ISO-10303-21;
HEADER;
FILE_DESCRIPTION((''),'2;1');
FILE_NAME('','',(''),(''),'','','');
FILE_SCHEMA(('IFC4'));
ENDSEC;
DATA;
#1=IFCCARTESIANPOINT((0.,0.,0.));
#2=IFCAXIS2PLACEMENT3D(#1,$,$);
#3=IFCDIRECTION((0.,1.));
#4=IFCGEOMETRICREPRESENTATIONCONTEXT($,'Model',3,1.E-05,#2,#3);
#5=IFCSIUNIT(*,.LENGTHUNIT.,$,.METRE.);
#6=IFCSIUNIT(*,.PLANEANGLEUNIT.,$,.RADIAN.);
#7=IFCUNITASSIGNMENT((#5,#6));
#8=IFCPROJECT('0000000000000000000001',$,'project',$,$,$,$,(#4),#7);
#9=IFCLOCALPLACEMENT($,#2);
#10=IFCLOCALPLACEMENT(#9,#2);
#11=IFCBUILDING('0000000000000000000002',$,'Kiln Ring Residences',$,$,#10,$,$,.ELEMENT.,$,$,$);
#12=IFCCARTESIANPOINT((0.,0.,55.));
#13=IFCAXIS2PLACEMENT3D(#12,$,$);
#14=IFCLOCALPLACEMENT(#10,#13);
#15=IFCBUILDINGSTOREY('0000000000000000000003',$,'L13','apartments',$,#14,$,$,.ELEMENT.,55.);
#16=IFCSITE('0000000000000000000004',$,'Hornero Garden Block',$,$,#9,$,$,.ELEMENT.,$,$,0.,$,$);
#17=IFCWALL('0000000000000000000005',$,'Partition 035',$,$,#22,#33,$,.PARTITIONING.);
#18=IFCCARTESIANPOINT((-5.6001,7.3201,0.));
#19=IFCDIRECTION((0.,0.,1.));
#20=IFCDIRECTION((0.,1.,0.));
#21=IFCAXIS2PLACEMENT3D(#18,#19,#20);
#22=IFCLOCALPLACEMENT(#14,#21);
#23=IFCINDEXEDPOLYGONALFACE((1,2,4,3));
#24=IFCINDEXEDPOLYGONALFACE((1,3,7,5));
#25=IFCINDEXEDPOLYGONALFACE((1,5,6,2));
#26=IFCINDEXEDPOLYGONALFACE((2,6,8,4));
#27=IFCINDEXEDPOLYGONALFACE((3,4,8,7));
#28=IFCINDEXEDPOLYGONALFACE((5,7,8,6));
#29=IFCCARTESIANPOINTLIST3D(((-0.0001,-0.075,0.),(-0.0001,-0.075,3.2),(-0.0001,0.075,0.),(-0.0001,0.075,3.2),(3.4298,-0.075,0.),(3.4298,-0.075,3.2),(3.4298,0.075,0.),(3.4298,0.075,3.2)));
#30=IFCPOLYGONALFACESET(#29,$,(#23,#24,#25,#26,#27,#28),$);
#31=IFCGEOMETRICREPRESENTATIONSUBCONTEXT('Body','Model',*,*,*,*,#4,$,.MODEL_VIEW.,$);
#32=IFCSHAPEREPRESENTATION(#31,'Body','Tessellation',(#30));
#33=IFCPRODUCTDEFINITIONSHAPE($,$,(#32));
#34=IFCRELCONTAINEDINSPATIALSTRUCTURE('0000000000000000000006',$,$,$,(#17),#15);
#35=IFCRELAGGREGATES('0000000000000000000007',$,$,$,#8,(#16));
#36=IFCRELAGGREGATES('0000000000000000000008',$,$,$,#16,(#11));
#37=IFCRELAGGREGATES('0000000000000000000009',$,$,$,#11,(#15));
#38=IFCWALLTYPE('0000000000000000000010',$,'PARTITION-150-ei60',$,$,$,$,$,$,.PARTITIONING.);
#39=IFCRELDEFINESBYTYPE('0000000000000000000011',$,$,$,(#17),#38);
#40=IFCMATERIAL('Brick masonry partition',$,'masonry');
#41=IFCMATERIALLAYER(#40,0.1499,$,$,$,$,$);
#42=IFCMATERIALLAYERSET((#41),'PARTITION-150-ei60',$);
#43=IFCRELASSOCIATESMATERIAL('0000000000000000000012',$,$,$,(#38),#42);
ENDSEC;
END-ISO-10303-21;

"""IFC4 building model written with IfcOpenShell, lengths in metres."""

from ifc_helpers import new_model, si_unit, direction, frame, frame_2d, origin, place, context, subcontext, project, spatial, rectangle, extrude, material, layer, layer_set, type_object, element, save


model = new_model("IFC4")

# Units and contexts
model_context = context("Model", 3, precision=1e-05, world=origin(), true_north=direction((0.0, 1.0)))
body_context = subcontext(model_context, "Body", "Model", "MODEL_VIEW")
ifc_project = project(units=[si_unit("LENGTHUNIT", "METRE"), si_unit("PLANEANGLEUNIT", "RADIAN")], contexts=[model_context])

# Site, building, storey
site_placement = place(None, origin())
site = spatial("IfcSite", under=ifc_project, at=site_placement, Name="Hornero Garden Block", CompositionType="ELEMENT", RefElevation=0.0)
building_placement = place(site_placement, origin())
building = spatial("IfcBuilding", under=site, at=building_placement, Name="Kiln Ring Residences", CompositionType="ELEMENT")
storey_placement = place(building_placement, frame((0.0, 0.0, 55.0)))
storey = spatial("IfcBuildingStorey", under=building, at=storey_placement, Name="L13", Description="apartments", CompositionType="ELEMENT", Elevation=55.0)

# Wall
ifc_material_1 = material(Name="Brick masonry partition", Category="masonry")
ifc_layer_1 = layer(ifc_material_1, 0.1499)
ifc_layer_set_1 = layer_set([ifc_layer_1], Name="PARTITION-150-ei60")
wall_type_1 = type_object("IfcWallType", Name="PARTITION-150-ei60", PredefinedType="PARTITIONING", material=ifc_layer_set_1)
wall_1_placement = place(storey_placement, frame((-5.6001, 7.3201, 0.0), z_axis=(0.0, 0.0, 1.0), x_axis=(0.0, 1.0, 0.0)))
element("IfcWall", 1, at=wall_1_placement, inside=storey, type_object=wall_type_1, Name="Partition 035", PredefinedType="PARTITIONING", context=body_context, shape_type="SweptSolid", body=[
    extrude(rectangle(XDim=3.4299, YDim=0.1499, at=frame_2d((1.7148, 0.0))), origin(), (0.0, 0.0, 1.0), 3.2),
])

save(model, "model.ifc")
